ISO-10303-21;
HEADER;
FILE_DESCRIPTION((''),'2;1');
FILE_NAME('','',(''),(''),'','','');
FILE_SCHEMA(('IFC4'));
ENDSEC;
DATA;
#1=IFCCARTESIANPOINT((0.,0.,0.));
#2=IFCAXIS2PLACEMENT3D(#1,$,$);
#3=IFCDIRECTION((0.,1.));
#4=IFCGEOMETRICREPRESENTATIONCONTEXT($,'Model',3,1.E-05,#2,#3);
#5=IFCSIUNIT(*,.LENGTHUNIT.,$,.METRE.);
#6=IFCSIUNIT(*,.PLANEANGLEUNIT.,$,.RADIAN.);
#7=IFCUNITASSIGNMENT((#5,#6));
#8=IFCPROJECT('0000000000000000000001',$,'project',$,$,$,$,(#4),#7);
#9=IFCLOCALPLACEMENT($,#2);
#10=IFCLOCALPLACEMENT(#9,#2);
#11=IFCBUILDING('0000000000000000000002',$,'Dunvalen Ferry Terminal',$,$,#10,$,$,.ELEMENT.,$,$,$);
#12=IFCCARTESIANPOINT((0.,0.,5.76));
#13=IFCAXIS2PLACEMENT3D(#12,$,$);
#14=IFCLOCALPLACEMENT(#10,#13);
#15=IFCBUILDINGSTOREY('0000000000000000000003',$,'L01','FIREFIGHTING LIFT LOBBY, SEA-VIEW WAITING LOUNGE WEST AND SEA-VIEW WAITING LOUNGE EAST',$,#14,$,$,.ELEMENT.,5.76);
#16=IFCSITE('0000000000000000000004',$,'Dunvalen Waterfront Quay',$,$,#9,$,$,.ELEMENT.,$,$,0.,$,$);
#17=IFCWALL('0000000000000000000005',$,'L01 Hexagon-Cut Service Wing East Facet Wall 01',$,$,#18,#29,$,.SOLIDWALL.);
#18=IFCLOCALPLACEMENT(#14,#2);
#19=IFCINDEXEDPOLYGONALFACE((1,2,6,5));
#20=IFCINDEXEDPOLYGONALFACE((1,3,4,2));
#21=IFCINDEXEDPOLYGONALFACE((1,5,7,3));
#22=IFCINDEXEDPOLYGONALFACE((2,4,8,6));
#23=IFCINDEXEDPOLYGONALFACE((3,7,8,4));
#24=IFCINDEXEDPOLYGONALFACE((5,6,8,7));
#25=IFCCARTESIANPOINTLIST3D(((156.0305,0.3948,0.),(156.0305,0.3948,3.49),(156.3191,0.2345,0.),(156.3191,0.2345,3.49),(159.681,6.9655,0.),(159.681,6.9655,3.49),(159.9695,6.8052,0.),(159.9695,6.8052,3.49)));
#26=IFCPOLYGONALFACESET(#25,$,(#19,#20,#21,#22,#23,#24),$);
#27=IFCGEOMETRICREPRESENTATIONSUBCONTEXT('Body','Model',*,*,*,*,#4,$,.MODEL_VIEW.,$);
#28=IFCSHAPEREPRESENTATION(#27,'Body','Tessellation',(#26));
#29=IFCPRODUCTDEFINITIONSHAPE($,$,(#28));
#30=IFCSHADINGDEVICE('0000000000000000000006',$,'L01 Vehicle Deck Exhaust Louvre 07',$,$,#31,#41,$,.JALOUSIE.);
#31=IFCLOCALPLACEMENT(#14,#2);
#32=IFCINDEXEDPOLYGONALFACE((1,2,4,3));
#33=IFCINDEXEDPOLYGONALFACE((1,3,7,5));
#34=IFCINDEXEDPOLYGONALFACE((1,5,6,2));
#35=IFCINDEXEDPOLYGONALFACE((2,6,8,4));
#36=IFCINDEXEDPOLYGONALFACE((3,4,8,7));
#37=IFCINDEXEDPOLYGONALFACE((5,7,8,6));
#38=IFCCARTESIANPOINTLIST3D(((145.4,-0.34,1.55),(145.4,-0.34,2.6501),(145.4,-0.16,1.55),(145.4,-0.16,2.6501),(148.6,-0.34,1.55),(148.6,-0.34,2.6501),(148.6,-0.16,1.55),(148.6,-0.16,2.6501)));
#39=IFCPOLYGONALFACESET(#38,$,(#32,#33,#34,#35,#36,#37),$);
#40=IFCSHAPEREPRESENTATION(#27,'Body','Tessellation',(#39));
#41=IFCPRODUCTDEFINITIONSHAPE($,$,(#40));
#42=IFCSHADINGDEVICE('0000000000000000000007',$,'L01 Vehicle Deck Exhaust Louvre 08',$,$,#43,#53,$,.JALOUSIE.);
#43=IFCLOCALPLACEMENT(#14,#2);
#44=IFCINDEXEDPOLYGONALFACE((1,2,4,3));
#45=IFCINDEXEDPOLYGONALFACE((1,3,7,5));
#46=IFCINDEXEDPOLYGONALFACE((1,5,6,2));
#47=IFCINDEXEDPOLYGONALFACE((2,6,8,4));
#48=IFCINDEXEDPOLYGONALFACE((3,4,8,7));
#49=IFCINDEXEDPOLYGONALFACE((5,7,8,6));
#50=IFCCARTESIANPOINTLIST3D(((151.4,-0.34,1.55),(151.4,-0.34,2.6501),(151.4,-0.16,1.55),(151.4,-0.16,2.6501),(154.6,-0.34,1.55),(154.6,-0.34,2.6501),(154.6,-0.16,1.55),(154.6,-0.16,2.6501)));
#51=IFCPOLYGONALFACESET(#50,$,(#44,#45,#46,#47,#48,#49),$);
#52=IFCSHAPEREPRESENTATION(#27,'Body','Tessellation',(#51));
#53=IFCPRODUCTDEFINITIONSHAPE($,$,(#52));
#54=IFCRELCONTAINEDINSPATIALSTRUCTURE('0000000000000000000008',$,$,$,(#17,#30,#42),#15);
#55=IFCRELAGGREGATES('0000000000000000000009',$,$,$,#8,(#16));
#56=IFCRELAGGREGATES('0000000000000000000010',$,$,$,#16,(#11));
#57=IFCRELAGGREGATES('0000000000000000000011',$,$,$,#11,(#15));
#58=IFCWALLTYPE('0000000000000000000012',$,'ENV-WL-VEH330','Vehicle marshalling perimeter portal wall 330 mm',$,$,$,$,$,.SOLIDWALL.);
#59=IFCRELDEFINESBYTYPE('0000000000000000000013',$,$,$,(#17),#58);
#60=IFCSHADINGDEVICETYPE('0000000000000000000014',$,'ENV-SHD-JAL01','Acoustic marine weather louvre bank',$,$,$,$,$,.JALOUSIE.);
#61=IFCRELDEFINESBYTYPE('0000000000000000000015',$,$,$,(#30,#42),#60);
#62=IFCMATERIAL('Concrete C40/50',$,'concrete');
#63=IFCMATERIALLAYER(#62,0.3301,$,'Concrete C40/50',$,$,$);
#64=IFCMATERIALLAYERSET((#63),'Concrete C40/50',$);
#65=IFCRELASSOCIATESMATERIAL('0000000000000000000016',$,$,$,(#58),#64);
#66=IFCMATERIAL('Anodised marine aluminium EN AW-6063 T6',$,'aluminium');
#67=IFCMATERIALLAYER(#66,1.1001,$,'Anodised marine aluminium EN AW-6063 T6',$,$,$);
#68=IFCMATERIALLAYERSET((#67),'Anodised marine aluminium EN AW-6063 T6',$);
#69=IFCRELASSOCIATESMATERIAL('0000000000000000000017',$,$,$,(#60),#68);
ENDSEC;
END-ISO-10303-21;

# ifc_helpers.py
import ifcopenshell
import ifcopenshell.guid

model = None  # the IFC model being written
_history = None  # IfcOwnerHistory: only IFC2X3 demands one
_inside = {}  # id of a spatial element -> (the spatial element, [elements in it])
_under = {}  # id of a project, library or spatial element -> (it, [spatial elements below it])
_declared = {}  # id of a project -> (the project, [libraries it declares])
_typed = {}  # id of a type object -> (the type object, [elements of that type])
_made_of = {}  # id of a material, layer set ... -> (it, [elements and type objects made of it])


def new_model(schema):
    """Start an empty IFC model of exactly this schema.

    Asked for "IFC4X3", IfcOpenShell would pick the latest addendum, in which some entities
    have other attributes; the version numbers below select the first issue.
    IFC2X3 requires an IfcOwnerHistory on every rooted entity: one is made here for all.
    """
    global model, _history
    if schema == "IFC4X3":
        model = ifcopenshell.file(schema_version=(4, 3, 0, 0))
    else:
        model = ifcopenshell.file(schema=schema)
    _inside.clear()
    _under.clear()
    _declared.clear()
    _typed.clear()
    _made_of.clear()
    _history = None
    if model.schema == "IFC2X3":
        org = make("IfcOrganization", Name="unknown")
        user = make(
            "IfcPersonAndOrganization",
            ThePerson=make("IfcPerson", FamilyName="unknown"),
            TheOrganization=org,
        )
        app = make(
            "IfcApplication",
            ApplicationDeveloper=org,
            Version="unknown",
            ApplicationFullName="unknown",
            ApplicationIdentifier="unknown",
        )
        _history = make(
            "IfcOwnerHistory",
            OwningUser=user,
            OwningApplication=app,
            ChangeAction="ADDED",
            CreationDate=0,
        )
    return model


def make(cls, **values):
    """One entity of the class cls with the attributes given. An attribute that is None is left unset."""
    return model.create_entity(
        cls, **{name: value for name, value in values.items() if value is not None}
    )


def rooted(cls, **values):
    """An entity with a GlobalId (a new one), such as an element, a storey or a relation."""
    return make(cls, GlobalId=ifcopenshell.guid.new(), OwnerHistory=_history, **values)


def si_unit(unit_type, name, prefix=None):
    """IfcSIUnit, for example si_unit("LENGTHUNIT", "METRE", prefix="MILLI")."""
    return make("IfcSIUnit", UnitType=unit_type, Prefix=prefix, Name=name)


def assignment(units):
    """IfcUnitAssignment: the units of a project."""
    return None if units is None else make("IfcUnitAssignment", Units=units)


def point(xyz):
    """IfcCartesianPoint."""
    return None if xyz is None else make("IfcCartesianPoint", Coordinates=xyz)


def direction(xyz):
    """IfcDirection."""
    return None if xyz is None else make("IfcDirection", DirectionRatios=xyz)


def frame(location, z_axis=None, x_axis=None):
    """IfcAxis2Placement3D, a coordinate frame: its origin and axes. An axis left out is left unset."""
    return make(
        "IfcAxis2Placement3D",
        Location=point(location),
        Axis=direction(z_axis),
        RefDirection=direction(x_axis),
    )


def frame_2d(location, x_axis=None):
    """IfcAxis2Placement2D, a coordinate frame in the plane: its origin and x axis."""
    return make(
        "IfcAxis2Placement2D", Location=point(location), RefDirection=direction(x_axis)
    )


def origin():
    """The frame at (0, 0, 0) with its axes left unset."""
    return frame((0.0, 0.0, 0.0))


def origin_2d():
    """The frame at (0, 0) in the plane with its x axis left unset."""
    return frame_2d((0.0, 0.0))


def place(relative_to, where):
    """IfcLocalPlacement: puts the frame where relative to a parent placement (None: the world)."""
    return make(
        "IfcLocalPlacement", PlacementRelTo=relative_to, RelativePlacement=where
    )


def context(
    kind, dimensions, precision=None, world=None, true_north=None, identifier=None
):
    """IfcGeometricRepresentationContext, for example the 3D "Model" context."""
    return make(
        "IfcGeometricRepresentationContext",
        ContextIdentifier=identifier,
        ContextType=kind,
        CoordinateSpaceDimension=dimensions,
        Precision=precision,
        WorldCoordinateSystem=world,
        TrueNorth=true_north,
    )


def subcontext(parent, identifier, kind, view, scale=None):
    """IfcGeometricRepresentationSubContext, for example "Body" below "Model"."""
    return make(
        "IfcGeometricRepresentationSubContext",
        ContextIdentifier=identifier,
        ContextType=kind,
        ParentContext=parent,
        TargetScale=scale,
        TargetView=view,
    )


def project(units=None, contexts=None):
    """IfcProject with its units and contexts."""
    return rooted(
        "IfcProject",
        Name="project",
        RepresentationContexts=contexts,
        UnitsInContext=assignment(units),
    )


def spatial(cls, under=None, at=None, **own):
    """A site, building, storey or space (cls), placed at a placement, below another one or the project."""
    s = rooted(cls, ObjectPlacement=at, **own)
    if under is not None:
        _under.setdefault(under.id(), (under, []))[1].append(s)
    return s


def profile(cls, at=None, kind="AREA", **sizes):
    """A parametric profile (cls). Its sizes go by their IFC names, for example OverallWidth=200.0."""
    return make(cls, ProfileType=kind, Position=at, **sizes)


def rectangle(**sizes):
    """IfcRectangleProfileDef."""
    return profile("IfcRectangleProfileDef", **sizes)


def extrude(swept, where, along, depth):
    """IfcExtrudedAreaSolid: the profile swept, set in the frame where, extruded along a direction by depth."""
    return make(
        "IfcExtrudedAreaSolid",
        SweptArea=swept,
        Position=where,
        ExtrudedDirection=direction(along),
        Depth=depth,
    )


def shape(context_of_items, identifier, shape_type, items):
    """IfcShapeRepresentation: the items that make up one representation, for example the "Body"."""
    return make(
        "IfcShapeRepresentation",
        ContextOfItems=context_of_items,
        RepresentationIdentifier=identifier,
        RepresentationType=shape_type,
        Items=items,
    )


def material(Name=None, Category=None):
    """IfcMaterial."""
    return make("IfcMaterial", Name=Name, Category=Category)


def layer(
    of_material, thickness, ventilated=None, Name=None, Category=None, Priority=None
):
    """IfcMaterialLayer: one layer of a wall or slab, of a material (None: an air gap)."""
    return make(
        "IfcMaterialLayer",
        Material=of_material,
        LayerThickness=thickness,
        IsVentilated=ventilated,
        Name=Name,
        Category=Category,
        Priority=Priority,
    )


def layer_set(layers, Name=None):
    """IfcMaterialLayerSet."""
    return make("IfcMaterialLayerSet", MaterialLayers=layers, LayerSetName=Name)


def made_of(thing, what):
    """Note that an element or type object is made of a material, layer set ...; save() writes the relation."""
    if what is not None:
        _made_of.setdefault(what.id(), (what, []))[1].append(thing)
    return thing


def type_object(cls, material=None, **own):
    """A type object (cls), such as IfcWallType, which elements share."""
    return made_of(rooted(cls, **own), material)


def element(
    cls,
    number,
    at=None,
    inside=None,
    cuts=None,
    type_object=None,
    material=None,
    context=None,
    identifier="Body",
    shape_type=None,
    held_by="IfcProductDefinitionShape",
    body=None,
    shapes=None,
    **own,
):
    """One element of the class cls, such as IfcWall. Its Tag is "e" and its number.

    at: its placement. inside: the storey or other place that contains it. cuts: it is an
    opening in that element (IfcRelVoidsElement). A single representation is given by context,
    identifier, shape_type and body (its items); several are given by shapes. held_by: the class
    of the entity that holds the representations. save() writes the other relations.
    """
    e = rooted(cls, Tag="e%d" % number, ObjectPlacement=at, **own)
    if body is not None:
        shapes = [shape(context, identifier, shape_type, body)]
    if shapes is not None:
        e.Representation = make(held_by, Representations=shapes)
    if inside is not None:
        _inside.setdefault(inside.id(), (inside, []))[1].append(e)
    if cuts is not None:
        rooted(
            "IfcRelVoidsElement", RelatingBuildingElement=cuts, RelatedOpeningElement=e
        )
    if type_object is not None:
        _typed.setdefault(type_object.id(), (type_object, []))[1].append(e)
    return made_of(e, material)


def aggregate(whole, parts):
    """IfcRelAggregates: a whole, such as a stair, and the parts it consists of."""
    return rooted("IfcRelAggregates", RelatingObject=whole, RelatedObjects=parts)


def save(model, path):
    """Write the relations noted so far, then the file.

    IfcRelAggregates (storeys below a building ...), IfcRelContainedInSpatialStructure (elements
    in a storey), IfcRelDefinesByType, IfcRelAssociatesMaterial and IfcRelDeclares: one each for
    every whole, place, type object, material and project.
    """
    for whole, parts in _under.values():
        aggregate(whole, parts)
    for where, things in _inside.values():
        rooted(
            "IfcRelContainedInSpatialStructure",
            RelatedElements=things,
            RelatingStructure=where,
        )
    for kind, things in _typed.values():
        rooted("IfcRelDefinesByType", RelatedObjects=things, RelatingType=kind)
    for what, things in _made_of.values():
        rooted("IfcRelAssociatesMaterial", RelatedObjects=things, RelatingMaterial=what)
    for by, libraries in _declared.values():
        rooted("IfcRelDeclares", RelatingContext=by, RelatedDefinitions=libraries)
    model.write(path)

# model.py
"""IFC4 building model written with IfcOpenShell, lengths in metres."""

from ifc_helpers import new_model, si_unit, direction, frame, frame_2d, origin, origin_2d, place, context, subcontext, project, spatial, rectangle, extrude, material, layer, layer_set, type_object, element, save


model = new_model("IFC4")

# Units and contexts
model_context = context("Model", 3, precision=1e-05, world=origin(), true_north=direction((0.0, 1.0)))
body_context = subcontext(model_context, "Body", "Model", "MODEL_VIEW")
ifc_project = project(units=[si_unit("LENGTHUNIT", "METRE"), si_unit("PLANEANGLEUNIT", "RADIAN")], contexts=[model_context])

# Site, building, storey
site_placement = place(None, origin())
site = spatial("IfcSite", under=ifc_project, at=site_placement, Name="Dunvalen Waterfront Quay", CompositionType="ELEMENT", RefElevation=0.0)
building_placement = place(site_placement, origin())
building = spatial("IfcBuilding", under=site, at=building_placement, Name="Dunvalen Ferry Terminal", CompositionType="ELEMENT")
storey_placement = place(building_placement, frame((0.0, 0.0, 5.76)))
storey = spatial("IfcBuildingStorey", under=building, at=storey_placement, Name="L01", Description="FIREFIGHTING LIFT LOBBY, SEA-VIEW WAITING LOUNGE WEST AND SEA-VIEW WAITING LOUNGE EAST", CompositionType="ELEMENT", Elevation=5.76)

# Shared definitions
ifc_material_1 = material(Name="Concrete C40/50", Category="concrete")

# Wall
ifc_layer_1 = layer(ifc_material_1, 0.3301, Name="Concrete C40/50")
ifc_layer_set_1 = layer_set([ifc_layer_1], Name="Concrete C40/50")
wall_type = type_object("IfcWallType", Name="ENV-WL-VEH330", Description="Vehicle marshalling perimeter portal wall 330 mm", PredefinedType="SOLIDWALL", material=ifc_layer_set_1)
wall_1_placement = place(storey_placement, frame((156.1748, 0.3147, 0.0), z_axis=(0.0, 0.0, 1.0), x_axis=(0.485651, 0.874153, 0.0)))
element("IfcWall", 1, at=wall_1_placement, inside=storey, type_object=wall_type, Name="L01 Hexagon-Cut Service Wing East Facet Wall 01", PredefinedType="SOLIDWALL", context=body_context, shape_type="SweptSolid", body=[
    extrude(rectangle(XDim=7.5166, YDim=0.3301, at=frame_2d((3.7583, 0.0))), origin(), (0.0, 0.0, 1.0), 3.49),
])

# Shading devices
ifc_material_2 = material(Name="Anodised marine aluminium EN AW-6063 T6", Category="aluminium")
ifc_layer_2 = layer(ifc_material_2, 1.1001, Name="Anodised marine aluminium EN AW-6063 T6")
ifc_layer_set_2 = layer_set([ifc_layer_2], Name="Anodised marine aluminium EN AW-6063 T6")
shading_device_type = type_object("IfcShadingDeviceType", Name="ENV-SHD-JAL01", Description="Acoustic marine weather louvre bank", PredefinedType="JALOUSIE", material=ifc_layer_set_2)
for number, where, z_axis, x_axis, name in (
    (2, (147.0, -0.25, 1.55), (0.0, 0.0, 1.0), (1.0, 0.0, 0.0), "L01 Vehicle Deck Exhaust Louvre 07"),
    (3, (153.0, -0.25, 1.55), (0.0, 0.0, 1.0), (1.0, 0.0, 0.0), "L01 Vehicle Deck Exhaust Louvre 08"),
):
    element("IfcShadingDevice", number, at=place(storey_placement, frame(where, z_axis=z_axis, x_axis=x_axis)), inside=storey, type_object=shading_device_type, Name=name, PredefinedType="JALOUSIE", context=body_context, shape_type="SweptSolid", body=[
        extrude(rectangle(XDim=3.2, YDim=0.1799, at=origin_2d()), origin(), (0.0, 0.0, 1.0), 1.1001),
    ])

save(model, "model.ifc")
